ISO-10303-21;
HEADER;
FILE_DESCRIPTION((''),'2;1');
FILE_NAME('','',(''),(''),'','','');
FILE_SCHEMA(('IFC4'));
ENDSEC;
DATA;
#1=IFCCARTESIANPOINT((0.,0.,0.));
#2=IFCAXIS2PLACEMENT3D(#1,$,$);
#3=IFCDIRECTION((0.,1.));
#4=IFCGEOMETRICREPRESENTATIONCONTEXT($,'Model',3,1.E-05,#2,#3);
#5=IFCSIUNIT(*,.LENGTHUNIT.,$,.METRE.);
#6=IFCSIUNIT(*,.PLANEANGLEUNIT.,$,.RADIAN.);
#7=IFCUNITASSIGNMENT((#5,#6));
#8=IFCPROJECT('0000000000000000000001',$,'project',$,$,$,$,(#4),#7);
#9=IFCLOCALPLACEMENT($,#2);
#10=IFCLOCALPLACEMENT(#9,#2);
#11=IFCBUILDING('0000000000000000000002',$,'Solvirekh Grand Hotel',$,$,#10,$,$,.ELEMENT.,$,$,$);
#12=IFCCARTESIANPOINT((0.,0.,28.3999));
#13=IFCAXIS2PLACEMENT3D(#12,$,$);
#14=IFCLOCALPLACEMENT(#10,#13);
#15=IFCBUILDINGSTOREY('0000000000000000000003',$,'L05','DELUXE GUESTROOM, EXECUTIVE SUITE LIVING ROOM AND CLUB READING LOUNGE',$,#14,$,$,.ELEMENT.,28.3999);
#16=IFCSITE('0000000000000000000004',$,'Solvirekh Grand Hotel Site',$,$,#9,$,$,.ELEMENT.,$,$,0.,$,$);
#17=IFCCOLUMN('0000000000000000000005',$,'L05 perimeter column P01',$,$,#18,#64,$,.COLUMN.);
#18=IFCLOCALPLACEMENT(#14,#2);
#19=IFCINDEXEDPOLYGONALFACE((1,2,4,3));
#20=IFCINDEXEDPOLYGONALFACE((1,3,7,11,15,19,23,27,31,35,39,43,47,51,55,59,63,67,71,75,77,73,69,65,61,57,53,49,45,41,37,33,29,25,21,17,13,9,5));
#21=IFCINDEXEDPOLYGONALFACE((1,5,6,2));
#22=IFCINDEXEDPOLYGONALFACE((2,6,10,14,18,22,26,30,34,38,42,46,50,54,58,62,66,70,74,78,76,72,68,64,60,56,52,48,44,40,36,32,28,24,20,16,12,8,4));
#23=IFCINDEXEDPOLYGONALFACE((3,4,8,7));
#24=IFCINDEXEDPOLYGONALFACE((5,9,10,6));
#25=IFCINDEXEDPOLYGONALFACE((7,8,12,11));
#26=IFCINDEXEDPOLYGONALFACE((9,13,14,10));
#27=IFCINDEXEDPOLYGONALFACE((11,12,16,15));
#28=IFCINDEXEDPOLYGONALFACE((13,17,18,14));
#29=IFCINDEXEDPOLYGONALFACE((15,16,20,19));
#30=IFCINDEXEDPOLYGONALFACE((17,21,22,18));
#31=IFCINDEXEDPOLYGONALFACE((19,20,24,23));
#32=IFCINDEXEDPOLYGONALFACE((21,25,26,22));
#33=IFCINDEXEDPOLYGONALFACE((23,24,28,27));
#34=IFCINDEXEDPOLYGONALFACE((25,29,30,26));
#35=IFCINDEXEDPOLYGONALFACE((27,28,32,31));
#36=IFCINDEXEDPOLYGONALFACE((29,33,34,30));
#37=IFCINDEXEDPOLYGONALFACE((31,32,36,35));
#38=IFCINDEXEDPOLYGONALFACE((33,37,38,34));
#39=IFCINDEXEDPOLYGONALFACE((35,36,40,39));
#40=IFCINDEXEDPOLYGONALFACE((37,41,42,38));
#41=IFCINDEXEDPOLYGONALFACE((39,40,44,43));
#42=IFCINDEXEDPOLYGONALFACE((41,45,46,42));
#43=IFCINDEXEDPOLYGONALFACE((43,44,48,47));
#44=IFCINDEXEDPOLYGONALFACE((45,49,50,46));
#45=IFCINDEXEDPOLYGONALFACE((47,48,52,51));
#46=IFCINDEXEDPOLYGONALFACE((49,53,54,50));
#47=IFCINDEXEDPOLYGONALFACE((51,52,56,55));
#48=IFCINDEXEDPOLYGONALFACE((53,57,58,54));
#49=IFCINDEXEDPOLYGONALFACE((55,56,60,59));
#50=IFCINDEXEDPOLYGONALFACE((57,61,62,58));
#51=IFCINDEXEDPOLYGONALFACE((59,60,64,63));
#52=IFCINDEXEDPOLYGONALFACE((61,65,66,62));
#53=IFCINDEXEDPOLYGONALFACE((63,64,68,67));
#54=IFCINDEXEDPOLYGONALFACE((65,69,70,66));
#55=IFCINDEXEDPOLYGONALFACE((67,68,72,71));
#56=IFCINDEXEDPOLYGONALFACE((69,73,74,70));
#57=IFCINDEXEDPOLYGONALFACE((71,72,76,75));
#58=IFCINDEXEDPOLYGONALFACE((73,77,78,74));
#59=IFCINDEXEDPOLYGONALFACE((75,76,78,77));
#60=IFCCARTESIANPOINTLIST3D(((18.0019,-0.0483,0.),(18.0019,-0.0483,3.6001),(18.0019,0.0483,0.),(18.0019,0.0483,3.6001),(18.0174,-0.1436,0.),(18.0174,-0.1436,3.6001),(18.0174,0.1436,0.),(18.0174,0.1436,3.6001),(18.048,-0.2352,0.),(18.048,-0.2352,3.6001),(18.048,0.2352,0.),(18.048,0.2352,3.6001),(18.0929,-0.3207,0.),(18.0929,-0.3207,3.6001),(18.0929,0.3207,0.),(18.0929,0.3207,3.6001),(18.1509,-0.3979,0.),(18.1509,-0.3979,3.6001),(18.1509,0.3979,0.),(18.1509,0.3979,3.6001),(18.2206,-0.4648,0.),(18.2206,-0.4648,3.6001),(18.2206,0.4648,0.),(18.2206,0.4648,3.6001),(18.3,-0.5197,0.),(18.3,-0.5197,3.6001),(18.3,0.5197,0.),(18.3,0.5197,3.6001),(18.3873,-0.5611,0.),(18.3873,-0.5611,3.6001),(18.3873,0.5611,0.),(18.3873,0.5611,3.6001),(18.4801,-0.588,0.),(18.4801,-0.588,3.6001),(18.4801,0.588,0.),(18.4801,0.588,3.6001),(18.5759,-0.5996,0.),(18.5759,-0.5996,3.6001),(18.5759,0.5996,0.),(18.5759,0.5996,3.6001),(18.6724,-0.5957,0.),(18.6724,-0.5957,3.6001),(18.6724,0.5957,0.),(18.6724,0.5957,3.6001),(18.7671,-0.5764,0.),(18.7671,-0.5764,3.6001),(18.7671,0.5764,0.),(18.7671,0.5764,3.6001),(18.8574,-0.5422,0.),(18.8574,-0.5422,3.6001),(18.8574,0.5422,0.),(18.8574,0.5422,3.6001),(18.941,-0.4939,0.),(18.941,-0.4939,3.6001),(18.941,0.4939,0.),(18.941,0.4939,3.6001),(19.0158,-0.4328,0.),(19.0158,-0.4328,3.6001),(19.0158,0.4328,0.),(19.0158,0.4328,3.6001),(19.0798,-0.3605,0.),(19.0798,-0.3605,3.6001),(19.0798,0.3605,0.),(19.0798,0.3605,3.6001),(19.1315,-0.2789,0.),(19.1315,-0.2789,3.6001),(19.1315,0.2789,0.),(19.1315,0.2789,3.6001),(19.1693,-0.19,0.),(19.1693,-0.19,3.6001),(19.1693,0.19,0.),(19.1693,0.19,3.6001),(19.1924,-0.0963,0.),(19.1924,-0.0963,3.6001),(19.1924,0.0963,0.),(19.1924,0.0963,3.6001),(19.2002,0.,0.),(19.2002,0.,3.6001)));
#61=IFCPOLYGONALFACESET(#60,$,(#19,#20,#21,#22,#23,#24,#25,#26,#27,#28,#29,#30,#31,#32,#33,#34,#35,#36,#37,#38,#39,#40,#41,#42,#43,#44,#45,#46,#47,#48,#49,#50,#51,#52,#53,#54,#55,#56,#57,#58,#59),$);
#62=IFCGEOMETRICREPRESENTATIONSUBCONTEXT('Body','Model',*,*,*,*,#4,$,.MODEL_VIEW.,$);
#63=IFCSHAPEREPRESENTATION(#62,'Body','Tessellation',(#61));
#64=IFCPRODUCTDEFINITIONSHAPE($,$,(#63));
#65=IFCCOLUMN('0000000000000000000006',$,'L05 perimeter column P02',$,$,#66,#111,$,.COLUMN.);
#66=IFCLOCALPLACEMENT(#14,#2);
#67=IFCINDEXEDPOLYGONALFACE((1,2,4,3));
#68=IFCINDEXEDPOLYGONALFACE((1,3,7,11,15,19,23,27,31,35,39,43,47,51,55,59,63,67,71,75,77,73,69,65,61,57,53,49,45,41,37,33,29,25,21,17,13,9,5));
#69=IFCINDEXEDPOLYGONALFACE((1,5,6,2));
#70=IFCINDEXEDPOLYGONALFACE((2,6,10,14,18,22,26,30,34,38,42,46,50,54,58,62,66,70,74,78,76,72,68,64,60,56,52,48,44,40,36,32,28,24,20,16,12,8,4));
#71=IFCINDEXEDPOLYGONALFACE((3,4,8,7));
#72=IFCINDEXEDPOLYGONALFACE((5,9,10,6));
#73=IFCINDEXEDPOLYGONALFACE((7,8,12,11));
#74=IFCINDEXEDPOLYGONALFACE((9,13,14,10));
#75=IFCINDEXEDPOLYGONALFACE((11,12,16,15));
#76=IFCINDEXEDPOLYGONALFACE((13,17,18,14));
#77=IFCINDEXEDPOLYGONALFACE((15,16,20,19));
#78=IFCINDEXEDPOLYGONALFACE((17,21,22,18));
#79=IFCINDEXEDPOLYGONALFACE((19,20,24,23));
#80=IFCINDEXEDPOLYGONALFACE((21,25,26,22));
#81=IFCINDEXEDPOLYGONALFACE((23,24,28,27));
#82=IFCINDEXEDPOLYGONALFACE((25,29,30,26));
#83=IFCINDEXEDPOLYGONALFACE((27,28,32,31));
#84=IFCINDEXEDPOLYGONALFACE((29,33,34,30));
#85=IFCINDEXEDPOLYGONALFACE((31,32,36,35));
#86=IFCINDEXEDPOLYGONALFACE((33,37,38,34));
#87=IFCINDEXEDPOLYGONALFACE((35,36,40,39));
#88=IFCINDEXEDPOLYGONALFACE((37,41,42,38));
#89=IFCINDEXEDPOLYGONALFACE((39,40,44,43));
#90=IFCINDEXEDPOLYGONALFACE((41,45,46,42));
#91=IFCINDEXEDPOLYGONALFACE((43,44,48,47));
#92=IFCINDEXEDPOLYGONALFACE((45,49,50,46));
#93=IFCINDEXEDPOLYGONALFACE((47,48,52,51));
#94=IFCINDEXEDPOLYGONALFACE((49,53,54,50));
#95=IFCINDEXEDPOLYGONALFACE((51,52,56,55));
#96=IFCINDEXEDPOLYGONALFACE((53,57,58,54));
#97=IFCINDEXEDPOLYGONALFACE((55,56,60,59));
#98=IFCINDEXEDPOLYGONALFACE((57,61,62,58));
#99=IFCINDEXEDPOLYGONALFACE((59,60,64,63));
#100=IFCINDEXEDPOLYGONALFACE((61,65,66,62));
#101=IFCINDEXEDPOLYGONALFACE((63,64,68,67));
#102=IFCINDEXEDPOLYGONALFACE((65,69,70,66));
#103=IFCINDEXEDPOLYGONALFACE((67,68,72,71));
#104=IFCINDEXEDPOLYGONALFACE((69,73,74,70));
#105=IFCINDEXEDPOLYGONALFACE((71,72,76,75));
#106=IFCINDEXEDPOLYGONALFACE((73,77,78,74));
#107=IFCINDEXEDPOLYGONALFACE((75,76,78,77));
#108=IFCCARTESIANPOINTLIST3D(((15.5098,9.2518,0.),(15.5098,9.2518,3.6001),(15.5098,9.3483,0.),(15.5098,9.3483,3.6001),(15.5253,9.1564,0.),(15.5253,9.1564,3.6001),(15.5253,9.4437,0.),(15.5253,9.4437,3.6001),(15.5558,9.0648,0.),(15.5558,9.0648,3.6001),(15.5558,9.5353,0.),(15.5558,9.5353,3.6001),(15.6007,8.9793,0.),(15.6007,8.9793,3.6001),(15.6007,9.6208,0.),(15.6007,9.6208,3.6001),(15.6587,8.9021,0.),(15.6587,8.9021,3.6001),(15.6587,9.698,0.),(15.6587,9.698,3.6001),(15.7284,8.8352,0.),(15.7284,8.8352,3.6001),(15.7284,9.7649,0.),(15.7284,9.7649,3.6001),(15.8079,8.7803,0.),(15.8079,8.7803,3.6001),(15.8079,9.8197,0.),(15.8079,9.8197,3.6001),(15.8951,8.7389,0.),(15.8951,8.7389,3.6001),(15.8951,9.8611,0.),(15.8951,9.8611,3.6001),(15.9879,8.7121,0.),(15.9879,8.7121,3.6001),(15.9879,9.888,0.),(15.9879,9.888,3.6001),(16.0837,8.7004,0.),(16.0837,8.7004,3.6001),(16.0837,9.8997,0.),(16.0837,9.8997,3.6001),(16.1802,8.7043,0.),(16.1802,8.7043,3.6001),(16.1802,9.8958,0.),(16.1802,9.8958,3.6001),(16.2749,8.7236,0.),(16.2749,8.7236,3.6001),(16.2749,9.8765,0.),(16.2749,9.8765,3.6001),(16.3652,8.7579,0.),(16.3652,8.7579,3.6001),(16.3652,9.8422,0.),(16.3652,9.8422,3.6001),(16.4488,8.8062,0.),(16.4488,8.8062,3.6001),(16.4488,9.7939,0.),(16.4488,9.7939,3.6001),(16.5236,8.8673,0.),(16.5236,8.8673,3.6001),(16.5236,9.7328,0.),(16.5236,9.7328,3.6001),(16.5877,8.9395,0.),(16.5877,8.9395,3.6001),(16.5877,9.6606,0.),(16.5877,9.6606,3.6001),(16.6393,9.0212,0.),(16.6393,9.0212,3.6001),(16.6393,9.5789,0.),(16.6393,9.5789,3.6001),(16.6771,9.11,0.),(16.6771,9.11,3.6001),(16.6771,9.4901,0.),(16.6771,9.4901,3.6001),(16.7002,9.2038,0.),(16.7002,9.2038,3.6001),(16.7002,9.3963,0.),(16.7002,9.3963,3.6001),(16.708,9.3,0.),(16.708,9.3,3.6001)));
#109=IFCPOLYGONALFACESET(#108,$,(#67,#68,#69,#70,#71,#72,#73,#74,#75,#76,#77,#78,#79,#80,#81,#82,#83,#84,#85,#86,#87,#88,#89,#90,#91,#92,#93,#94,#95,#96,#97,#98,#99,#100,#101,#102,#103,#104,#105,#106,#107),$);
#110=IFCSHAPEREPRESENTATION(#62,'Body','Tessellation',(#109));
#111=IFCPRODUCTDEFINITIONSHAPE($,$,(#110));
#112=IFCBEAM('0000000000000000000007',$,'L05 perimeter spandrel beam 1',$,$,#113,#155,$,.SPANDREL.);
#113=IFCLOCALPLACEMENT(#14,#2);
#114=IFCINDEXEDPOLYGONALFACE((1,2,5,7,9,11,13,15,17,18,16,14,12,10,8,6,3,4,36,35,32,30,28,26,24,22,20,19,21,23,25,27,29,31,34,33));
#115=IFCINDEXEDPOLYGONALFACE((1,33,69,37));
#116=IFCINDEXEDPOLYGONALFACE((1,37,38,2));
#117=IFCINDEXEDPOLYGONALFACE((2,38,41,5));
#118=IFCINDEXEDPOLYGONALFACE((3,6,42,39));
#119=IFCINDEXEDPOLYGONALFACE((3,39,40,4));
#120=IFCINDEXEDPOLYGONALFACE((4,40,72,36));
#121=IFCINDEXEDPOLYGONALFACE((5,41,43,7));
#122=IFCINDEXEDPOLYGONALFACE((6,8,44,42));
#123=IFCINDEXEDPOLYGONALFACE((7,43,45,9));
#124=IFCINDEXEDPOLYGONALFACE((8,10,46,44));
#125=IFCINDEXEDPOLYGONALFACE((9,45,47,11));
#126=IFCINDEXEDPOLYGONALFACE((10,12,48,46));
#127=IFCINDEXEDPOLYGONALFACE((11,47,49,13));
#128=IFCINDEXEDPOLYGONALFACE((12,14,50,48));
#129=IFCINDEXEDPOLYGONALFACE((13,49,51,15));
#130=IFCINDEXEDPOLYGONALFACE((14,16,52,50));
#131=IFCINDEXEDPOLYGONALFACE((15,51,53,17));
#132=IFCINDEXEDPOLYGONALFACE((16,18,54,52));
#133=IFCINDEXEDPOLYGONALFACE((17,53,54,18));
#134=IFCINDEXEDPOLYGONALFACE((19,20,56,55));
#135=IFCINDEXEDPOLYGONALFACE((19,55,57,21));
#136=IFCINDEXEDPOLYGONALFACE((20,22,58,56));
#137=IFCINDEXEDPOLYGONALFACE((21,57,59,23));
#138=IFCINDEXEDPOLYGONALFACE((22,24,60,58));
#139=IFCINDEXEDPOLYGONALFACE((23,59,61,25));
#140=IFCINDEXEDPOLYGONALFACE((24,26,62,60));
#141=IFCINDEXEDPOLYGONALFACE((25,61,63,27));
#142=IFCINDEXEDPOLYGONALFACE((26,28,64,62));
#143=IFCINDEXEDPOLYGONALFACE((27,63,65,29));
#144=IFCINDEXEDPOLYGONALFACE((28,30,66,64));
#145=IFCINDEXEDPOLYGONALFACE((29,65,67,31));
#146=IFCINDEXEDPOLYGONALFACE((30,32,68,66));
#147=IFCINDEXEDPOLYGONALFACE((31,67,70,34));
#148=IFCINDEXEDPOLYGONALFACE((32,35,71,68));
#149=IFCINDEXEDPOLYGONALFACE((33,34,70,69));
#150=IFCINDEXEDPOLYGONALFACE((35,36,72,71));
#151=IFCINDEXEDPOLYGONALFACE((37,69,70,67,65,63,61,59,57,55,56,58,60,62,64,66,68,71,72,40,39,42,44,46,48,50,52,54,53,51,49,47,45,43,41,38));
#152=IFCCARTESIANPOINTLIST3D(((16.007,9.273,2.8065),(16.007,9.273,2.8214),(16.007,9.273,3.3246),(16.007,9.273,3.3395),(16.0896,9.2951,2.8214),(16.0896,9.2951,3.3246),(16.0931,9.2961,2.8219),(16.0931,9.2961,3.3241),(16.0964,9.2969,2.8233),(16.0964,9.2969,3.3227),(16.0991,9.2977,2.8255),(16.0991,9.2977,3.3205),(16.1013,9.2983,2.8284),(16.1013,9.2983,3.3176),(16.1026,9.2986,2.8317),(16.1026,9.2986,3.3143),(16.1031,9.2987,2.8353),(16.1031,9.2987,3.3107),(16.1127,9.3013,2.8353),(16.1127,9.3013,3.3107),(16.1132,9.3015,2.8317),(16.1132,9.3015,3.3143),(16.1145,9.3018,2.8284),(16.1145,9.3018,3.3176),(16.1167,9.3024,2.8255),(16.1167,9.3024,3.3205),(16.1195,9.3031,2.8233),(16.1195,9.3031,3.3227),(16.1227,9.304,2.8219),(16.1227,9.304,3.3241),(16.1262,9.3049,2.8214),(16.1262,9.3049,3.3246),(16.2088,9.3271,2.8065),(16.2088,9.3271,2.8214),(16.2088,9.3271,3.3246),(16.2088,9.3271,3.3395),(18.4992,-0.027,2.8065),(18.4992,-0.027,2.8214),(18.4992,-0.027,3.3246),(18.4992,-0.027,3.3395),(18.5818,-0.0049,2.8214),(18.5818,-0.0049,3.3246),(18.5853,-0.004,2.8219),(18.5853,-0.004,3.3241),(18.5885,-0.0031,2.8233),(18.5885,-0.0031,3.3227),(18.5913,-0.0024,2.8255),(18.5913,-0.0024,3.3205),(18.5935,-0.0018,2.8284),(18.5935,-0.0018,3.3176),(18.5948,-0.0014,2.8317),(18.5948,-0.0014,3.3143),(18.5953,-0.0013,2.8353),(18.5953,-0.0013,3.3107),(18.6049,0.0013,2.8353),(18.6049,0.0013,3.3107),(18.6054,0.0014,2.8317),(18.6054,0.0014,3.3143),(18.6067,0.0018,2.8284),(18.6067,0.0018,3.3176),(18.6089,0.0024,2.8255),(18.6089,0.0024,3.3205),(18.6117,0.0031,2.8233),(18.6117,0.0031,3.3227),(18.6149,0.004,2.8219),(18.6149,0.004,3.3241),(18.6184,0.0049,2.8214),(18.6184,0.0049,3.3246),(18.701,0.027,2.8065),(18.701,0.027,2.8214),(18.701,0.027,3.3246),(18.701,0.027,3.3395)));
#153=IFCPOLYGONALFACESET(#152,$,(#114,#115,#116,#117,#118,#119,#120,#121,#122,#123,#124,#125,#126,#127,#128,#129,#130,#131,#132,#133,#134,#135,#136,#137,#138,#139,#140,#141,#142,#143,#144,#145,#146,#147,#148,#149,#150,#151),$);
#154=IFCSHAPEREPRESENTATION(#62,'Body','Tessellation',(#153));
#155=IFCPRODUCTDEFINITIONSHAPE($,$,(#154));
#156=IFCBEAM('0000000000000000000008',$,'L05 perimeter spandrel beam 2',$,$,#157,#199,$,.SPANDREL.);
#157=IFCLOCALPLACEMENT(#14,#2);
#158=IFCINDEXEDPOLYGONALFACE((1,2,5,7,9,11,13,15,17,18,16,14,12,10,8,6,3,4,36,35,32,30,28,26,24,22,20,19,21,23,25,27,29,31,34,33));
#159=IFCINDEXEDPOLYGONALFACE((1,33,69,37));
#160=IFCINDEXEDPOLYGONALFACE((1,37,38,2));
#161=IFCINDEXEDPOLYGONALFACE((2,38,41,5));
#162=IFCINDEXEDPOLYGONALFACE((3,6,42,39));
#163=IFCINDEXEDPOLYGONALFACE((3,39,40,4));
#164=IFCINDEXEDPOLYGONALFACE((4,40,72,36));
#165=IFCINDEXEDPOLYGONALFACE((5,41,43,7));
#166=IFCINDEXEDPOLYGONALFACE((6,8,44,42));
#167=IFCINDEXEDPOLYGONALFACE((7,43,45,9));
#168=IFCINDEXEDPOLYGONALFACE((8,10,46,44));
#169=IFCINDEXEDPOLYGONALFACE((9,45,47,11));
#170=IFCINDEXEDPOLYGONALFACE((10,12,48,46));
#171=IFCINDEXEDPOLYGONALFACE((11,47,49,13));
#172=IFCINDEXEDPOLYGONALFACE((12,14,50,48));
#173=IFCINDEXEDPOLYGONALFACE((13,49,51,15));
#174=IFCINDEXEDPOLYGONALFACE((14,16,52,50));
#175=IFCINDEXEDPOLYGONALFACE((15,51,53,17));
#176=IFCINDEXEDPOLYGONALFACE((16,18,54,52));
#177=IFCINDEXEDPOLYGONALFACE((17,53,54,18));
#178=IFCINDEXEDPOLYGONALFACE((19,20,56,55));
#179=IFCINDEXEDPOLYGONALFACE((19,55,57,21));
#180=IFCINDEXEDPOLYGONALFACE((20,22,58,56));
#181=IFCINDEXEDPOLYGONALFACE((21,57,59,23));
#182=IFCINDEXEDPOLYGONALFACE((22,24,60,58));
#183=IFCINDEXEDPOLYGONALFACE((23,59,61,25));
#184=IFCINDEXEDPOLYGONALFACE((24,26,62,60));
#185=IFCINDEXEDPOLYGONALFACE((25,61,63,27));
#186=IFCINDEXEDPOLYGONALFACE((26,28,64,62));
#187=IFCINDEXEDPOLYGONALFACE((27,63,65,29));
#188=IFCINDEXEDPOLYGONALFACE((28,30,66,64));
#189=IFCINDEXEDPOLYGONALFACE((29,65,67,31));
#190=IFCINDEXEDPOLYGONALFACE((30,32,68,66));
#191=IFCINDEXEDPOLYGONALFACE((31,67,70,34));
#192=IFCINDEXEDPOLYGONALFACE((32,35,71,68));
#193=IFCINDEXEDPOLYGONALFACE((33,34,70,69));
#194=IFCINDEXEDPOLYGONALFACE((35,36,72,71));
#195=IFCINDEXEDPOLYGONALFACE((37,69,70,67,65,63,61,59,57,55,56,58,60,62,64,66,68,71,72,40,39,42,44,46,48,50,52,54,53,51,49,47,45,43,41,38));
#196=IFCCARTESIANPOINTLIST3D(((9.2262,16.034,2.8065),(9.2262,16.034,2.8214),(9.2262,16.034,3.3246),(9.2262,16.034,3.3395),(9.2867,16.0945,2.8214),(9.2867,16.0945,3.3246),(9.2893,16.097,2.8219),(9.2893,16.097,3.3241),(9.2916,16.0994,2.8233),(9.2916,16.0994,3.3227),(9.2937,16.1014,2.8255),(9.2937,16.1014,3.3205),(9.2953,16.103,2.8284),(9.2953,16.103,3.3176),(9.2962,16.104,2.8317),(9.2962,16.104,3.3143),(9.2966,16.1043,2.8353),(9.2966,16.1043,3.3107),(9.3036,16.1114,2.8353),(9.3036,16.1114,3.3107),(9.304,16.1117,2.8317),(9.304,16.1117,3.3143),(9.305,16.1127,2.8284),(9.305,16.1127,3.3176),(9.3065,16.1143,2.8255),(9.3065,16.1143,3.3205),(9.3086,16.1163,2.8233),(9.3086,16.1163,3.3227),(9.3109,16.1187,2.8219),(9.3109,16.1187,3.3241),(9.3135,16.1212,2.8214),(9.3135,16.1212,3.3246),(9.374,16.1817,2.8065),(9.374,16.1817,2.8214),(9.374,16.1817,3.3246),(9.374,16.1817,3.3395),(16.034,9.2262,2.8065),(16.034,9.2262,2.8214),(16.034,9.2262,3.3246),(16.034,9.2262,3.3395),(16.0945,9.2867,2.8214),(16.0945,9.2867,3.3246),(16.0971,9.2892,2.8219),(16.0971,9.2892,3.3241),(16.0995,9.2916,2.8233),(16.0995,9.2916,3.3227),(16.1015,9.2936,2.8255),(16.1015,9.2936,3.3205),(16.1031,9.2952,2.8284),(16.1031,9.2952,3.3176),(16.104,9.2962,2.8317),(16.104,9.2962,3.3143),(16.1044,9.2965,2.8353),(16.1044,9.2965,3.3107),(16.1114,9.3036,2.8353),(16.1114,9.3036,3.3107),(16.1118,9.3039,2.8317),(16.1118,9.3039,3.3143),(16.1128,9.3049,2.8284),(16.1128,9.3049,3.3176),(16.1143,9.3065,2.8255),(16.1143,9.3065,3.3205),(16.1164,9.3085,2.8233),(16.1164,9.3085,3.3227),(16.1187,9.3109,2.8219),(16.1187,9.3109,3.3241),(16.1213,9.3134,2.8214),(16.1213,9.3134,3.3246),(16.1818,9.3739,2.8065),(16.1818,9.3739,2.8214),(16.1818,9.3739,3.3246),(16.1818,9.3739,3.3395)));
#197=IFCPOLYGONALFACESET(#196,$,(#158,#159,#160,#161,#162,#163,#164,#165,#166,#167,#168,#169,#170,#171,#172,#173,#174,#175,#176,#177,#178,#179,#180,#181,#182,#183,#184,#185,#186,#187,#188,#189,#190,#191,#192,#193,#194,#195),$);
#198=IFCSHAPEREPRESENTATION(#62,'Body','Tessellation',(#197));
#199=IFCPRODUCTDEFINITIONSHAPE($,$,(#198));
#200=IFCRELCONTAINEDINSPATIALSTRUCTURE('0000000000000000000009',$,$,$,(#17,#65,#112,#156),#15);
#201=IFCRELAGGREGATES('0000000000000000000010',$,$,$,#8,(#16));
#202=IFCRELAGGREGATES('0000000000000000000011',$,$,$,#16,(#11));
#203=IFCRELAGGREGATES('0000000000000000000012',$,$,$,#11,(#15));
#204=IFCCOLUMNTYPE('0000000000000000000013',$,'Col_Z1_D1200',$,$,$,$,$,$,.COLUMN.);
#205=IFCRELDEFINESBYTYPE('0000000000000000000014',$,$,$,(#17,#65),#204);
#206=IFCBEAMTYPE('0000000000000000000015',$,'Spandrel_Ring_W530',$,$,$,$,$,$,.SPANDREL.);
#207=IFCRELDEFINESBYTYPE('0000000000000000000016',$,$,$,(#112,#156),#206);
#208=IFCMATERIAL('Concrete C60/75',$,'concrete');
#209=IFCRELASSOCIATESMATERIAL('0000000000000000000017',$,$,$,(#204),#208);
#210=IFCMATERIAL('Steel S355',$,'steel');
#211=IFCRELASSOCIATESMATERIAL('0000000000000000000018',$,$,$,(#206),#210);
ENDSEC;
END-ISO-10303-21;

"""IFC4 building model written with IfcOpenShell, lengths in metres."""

from ifc_helpers import new_model, si_unit, direction, frame, origin, origin_2d, place, context, subcontext, project, spatial, circle, i_section, extrude, material, material_profile, profile_set, type_object, element, save


model = new_model("IFC4")

# Units and contexts
model_context = context("Model", 3, precision=1e-05, world=origin(), true_north=direction((0.0, 1.0)))
body_context = subcontext(model_context, "Body", "Model", "MODEL_VIEW")
ifc_project = project(units=[si_unit("LENGTHUNIT", "METRE"), si_unit("PLANEANGLEUNIT", "RADIAN")], contexts=[model_context])

# Site, building, storey
site_placement = place(None, origin())
site = spatial("IfcSite", under=ifc_project, at=site_placement, Name="Solvirekh Grand Hotel Site", CompositionType="ELEMENT", RefElevation=0.0)
building_placement = place(site_placement, origin())
building = spatial("IfcBuilding", under=site, at=building_placement, Name="Solvirekh Grand Hotel", CompositionType="ELEMENT")
storey_placement = place(building_placement, frame((0.0, 0.0, 28.3999)))
storey = spatial("IfcBuildingStorey", under=building, at=storey_placement, Name="L05", Description="DELUXE GUESTROOM, EXECUTIVE SUITE LIVING ROOM AND CLUB READING LOUNGE", CompositionType="ELEMENT", Elevation=28.3999)

# Columns
ifc_material_1 = material(Name="Concrete C60/75", Category="concrete")
ifc_material_profile_1 = material_profile(ifc_material_1, circle(Radius=0.6001, at=origin_2d()), Name="RC CIRC D1200")
ifc_profile_set_1 = profile_set([ifc_material_profile_1], Name="Concrete C60/75")
column_type = type_object("IfcColumnType", Name="Col_Z1_D1200", PredefinedType="COLUMN", material=ifc_profile_set_1)
for number, where, z_axis, x_axis, name in (
    (1, (18.6001, 0.0, 0.0), (0.0, 0.0, 1.0), (1.0, 0.0, 0.0), "L05 perimeter column P01"),
    (2, (16.1079, 9.3, 0.0), (0.0, 0.0, 1.0), (1.0, 0.0, 0.0), "L05 perimeter column P02"),
):
    element("IfcColumn", number, at=place(storey_placement, frame(where, z_axis=z_axis, x_axis=x_axis)), inside=storey, type_object=column_type, Name=name, PredefinedType="COLUMN", context=body_context, shape_type="SweptSolid", body=[
        extrude(circle(Radius=0.6001, at=origin_2d()), origin(), (0.0, 0.0, 1.0), 3.6001),
    ])

# Beams
ifc_material_2 = material(Name="Steel S355", Category="steel")
ifc_material_profile_2 = material_profile(ifc_material_2, i_section(OverallWidth=0.209, OverallDepth=0.533, WebThickness=0.01, FlangeThickness=0.0149, FilletRadius=0.0139, at=origin_2d()), Name="W530X92")
ifc_profile_set_2 = profile_set([ifc_material_profile_2], Name="Steel S355")
beam_type = type_object("IfcBeamType", Name="Spandrel_Ring_W530", PredefinedType="SPANDREL", material=ifc_profile_set_2)
beam_1_placement = place(storey_placement, frame((18.6001, 0.0, 3.073), z_axis=(-0.258843, 0.965919, 0.0), x_axis=(-0.965919, -0.258843, 0.0)))
element("IfcBeam", 3, at=beam_1_placement, inside=storey, type_object=beam_type, Name="L05 perimeter spandrel beam 1", PredefinedType="SPANDREL", context=body_context, shape_type="SweptSolid", body=[
    extrude(i_section(OverallWidth=0.209, OverallDepth=0.533, WebThickness=0.01, FlangeThickness=0.0149, FilletRadius=0.0139, at=origin_2d()), origin(), (0.0, 0.0, 1.0), 9.6282),
])
beam_2_placement = place(storey_placement, frame((16.1079, 9.3, 3.073), z_axis=(-0.707107, 0.707107, 0.0), x_axis=(-0.707107, -0.707107, 0.0)))
element("IfcBeam", 4, at=beam_2_placement, inside=storey, type_object=beam_type, Name="L05 perimeter spandrel beam 2", PredefinedType="SPANDREL", context=body_context, shape_type="SweptSolid", body=[
    extrude(i_section(OverallWidth=0.209, OverallDepth=0.533, WebThickness=0.01, FlangeThickness=0.0149, FilletRadius=0.0139, at=origin_2d()), origin(), (0.0, 0.0, 1.0), 9.6277),
])

save(model, "model.ifc")
